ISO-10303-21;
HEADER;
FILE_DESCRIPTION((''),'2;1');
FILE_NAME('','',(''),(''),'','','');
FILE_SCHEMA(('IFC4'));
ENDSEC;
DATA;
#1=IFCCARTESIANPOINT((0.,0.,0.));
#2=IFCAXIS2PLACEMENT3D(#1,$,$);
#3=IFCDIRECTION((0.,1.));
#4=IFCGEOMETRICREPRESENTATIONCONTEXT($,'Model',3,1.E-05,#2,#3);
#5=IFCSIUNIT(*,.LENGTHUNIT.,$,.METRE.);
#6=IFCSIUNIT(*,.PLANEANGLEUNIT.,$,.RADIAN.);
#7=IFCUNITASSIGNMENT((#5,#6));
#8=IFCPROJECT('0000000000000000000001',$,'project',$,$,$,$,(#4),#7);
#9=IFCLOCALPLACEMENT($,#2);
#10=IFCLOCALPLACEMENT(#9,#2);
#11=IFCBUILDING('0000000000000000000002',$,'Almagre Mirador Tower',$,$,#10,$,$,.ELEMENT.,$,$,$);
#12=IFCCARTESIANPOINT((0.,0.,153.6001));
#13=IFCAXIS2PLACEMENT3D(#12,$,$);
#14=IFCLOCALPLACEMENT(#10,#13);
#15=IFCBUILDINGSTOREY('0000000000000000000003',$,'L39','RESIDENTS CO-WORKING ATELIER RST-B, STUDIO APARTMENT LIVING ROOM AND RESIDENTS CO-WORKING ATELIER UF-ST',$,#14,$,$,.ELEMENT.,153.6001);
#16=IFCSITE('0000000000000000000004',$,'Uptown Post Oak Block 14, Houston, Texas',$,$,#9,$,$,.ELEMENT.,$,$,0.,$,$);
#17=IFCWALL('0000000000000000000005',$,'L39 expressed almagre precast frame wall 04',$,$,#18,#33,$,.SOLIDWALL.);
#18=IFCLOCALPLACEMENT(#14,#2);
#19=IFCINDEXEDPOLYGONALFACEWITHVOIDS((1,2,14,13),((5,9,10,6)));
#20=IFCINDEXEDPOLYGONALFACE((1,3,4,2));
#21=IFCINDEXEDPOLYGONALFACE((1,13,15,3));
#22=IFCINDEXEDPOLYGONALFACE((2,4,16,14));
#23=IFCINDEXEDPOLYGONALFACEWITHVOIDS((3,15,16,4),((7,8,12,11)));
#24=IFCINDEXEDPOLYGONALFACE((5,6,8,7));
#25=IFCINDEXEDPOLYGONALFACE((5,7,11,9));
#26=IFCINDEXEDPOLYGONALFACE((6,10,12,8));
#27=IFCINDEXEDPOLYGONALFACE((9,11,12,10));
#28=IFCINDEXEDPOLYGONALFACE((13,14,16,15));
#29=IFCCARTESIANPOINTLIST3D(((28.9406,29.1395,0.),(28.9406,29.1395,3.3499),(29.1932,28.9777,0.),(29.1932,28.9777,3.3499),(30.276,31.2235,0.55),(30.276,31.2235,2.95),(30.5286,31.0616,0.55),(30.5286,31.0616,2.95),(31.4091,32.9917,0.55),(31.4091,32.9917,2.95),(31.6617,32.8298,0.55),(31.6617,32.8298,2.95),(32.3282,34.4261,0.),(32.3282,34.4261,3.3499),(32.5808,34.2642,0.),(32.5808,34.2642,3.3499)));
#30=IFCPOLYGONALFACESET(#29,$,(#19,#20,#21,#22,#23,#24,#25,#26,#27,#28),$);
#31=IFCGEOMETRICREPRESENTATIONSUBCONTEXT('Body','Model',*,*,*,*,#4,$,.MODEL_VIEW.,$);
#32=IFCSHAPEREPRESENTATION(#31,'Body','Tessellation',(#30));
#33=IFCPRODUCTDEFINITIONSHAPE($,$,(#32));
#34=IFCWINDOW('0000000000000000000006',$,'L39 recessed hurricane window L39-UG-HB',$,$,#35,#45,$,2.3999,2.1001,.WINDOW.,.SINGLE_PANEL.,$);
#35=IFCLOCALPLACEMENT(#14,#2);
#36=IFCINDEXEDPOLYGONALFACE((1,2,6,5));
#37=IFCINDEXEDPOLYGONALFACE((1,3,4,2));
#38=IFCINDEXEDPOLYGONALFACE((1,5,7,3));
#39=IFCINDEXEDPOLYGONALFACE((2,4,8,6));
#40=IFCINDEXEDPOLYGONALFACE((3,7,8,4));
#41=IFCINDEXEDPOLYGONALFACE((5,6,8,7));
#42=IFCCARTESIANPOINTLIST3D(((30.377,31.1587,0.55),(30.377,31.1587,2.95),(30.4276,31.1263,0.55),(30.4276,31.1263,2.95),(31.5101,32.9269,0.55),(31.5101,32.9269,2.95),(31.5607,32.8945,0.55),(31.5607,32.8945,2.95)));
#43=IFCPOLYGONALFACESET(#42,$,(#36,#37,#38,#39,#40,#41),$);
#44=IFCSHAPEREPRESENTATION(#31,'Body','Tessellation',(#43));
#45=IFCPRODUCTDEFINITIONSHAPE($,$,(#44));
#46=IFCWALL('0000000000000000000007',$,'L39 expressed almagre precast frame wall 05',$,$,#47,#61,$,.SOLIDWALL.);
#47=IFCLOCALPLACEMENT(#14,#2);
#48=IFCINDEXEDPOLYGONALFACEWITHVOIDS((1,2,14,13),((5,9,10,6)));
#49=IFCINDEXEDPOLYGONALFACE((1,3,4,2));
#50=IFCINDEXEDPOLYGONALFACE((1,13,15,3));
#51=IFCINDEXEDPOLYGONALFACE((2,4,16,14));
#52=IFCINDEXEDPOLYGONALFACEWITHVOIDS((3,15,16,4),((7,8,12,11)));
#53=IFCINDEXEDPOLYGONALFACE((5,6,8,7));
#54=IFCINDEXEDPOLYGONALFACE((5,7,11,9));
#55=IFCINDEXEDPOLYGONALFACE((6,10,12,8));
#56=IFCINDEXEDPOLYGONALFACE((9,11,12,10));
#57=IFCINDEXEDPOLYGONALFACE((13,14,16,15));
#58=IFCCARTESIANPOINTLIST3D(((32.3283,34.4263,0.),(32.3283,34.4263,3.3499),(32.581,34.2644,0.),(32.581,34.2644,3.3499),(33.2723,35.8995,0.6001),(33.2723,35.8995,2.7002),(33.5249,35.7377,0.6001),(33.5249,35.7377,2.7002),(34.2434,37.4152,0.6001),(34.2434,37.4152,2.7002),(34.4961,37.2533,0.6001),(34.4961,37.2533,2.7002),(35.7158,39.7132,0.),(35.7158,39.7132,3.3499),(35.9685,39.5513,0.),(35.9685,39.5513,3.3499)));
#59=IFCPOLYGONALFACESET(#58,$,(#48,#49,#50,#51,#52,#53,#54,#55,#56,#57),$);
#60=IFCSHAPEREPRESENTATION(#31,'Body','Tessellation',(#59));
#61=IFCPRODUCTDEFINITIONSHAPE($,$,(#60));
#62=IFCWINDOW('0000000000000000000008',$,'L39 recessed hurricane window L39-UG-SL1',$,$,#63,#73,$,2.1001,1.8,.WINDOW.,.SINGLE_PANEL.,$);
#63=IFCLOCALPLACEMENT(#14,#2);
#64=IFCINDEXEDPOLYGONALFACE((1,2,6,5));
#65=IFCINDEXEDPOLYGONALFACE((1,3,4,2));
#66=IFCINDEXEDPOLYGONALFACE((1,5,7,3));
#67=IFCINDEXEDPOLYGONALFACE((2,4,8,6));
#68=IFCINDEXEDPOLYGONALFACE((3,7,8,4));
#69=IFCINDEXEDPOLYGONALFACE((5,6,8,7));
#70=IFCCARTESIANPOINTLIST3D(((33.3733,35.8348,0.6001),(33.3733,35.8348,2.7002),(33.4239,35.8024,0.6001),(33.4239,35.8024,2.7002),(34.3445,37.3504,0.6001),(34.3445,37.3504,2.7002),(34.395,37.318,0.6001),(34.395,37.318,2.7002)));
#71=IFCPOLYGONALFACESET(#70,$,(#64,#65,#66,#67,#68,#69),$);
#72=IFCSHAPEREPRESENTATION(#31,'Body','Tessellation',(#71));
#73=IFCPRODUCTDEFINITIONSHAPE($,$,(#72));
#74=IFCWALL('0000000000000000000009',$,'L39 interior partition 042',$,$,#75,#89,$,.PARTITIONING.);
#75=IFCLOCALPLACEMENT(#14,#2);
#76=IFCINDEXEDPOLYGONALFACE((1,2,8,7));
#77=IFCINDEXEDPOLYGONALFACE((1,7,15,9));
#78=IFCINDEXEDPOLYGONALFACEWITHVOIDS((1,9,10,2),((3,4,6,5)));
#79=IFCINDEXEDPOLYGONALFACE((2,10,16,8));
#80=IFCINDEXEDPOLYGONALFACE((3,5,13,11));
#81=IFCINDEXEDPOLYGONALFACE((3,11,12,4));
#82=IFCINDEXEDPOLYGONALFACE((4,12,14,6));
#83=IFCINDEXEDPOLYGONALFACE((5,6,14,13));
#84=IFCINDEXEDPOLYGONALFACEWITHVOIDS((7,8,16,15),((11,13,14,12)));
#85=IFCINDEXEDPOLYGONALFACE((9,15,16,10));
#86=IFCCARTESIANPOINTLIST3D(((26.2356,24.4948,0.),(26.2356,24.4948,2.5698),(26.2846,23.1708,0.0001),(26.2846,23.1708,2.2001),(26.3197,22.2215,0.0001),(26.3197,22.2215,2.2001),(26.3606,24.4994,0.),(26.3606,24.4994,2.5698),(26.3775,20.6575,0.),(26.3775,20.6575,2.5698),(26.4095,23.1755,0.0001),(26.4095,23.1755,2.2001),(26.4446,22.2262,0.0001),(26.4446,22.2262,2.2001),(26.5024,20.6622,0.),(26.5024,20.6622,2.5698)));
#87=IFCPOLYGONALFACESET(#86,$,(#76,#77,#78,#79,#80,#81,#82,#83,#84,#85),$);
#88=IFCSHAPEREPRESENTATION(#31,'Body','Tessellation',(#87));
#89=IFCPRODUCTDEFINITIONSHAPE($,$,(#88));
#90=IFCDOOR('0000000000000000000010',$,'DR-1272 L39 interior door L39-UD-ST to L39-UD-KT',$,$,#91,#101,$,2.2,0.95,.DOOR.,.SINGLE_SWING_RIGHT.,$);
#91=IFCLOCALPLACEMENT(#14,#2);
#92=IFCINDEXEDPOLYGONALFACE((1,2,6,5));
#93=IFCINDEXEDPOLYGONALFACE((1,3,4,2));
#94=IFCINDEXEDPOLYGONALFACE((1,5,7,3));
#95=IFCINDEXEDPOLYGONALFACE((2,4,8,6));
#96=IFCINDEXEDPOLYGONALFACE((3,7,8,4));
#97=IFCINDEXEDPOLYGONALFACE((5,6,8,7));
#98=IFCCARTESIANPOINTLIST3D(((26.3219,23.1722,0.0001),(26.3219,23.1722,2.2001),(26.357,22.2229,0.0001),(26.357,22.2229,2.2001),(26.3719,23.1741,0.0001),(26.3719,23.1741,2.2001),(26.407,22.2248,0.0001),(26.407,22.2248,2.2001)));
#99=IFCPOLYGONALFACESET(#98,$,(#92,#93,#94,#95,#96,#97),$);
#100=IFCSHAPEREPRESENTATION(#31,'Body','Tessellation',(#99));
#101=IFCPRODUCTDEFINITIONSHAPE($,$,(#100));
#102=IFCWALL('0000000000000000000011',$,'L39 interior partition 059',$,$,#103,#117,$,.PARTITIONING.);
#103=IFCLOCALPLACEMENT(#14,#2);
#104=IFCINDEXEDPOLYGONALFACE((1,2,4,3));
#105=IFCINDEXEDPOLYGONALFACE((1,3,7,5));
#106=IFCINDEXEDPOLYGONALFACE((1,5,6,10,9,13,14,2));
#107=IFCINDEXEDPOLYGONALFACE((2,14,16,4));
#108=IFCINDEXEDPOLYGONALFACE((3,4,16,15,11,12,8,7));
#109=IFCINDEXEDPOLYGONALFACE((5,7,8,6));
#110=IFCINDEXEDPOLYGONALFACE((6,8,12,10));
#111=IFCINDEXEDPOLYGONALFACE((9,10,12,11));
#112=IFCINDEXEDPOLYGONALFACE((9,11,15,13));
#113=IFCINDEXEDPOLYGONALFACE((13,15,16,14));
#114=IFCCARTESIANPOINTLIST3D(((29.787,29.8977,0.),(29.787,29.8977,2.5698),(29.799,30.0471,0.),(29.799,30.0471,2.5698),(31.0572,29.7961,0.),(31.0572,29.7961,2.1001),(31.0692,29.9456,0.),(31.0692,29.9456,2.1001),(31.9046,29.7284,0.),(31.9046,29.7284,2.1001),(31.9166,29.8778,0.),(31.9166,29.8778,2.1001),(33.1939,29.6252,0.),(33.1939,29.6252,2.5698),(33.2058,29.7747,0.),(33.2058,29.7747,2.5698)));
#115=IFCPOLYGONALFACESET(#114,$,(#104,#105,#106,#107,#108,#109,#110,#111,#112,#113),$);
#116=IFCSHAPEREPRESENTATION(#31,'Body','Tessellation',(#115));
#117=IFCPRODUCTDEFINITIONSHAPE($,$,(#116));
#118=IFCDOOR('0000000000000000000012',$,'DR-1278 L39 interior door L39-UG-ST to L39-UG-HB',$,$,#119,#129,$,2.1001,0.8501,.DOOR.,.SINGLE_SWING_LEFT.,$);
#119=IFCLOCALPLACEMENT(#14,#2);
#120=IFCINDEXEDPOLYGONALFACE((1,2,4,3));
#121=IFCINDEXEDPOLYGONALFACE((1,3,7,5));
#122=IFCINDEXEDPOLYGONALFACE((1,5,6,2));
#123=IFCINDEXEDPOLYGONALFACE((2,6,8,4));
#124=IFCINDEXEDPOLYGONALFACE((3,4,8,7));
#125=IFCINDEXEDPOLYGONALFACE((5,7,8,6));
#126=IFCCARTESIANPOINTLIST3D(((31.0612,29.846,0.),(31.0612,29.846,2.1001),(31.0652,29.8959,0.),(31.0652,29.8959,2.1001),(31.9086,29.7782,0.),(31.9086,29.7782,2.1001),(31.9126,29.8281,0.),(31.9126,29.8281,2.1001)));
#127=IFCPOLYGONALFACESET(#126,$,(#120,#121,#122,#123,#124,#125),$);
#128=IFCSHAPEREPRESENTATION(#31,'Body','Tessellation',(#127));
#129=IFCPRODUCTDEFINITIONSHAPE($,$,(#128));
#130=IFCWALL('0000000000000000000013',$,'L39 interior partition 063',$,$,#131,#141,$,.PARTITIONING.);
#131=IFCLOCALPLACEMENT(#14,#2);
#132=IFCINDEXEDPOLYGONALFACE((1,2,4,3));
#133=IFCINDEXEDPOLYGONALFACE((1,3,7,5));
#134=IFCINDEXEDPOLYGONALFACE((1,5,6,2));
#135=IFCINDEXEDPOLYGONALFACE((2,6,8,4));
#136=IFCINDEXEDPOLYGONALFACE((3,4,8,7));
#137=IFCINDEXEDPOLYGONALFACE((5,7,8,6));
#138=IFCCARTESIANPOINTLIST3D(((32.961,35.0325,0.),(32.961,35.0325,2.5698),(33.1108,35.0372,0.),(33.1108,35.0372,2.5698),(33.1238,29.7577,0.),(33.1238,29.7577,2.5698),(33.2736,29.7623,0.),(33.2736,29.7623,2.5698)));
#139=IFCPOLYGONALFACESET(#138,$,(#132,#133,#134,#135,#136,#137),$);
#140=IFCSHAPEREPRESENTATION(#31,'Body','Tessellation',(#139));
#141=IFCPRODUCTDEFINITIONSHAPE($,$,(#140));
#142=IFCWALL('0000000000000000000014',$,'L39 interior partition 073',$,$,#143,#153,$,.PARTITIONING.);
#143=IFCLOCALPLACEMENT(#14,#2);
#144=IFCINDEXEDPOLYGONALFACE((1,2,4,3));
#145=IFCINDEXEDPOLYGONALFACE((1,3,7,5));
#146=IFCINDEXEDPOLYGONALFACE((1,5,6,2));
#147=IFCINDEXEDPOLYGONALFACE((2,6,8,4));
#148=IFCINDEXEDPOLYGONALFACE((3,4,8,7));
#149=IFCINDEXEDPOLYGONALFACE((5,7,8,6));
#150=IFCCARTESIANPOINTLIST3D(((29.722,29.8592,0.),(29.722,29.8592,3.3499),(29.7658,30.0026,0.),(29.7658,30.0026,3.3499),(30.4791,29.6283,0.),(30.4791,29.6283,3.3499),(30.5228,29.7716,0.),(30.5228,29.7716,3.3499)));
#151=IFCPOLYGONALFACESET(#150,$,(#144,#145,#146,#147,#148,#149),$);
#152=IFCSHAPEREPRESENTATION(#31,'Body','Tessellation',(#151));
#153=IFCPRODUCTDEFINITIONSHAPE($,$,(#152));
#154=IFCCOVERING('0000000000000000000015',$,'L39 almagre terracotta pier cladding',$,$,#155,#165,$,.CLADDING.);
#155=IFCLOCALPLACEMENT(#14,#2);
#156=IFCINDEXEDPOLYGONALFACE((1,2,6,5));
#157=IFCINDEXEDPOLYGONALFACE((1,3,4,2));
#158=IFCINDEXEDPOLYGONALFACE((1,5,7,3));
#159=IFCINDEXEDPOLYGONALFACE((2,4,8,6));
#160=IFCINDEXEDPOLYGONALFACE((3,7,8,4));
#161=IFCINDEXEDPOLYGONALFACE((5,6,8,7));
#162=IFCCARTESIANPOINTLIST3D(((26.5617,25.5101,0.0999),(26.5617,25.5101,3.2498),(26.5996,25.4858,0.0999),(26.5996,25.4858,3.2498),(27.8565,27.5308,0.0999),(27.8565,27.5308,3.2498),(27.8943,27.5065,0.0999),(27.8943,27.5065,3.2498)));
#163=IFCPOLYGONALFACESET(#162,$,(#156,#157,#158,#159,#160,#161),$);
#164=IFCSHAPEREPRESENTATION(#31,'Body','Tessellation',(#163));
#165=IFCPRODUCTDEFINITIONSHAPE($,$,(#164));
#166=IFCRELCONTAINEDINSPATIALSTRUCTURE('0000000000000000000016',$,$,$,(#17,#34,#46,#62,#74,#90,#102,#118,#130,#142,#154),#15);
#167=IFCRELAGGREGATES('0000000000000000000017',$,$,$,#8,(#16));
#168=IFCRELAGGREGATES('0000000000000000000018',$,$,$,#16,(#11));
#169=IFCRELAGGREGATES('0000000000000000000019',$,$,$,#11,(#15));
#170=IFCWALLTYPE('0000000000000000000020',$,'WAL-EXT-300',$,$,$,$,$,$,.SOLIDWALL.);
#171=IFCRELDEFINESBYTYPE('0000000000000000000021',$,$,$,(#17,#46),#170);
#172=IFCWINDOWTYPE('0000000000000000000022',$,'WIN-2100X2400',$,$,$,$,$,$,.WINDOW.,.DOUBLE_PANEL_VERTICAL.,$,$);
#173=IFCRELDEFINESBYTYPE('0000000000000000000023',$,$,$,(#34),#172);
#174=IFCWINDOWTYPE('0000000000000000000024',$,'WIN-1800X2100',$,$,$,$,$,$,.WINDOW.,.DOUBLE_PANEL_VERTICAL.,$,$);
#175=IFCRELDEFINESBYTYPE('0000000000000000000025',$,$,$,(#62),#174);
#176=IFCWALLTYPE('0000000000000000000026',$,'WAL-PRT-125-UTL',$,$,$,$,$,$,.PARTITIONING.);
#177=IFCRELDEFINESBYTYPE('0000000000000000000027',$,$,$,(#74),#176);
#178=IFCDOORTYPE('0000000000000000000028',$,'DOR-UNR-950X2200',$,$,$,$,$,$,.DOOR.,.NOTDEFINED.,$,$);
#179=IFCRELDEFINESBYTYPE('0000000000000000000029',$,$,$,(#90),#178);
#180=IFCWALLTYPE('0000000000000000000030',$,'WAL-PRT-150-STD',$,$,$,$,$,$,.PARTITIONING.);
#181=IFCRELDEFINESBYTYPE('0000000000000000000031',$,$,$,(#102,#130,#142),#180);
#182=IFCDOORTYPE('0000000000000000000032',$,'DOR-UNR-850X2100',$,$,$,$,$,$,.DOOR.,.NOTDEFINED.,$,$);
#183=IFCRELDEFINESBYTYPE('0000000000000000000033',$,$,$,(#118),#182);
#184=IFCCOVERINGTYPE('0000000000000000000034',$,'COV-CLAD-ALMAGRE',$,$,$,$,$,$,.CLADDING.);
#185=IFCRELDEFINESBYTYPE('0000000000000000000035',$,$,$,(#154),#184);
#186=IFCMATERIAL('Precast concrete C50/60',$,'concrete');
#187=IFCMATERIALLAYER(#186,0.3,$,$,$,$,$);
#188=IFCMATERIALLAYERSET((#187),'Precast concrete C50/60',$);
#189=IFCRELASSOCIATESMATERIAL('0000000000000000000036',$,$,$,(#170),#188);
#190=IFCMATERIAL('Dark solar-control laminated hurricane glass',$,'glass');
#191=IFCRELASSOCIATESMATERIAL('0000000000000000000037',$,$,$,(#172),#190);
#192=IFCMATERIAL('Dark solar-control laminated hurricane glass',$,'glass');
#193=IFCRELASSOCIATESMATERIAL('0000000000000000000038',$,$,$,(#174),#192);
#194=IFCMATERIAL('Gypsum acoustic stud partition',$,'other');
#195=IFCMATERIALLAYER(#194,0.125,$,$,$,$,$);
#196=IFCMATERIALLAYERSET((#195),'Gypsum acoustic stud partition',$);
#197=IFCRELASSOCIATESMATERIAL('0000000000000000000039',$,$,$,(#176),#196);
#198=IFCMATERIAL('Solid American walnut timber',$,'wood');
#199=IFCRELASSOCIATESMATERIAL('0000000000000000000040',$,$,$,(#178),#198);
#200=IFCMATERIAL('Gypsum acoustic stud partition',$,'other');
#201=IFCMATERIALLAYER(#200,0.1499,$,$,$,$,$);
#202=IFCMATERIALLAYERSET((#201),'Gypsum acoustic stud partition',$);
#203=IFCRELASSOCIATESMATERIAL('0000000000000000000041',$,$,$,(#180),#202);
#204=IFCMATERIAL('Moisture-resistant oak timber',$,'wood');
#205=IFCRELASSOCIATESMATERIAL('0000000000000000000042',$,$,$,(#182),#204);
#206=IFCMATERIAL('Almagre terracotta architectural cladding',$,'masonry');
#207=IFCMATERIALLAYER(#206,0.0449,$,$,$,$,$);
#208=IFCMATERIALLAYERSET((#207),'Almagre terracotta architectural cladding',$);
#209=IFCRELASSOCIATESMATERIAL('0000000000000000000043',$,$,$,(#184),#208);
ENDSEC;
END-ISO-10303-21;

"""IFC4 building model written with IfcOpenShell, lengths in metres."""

from ifc_helpers import new_model, si_unit, direction, frame, frame_2d, origin, origin_2d, place, context, subcontext, project, spatial, rectangle, extrude, material, layer, layer_set, type_object, element, fill, save


model = new_model("IFC4")

# Units and contexts
model_context = context("Model", 3, precision=1e-05, world=origin(), true_north=direction((0.0, 1.0)))
body_context = subcontext(model_context, "Body", "Model", "MODEL_VIEW")
ifc_project = project(units=[si_unit("LENGTHUNIT", "METRE"), si_unit("PLANEANGLEUNIT", "RADIAN")], contexts=[model_context])

# Site, building, storey
site_placement = place(None, origin())
site = spatial("IfcSite", under=ifc_project, at=site_placement, Name="Uptown Post Oak Block 14, Houston, Texas", CompositionType="ELEMENT", RefElevation=0.0)
building_placement = place(site_placement, origin())
building = spatial("IfcBuilding", under=site, at=building_placement, Name="Almagre Mirador Tower", CompositionType="ELEMENT")
storey_placement = place(building_placement, frame((0.0, 0.0, 153.6001)))
storey = spatial("IfcBuildingStorey", under=building, at=storey_placement, Name="L39", Description="RESIDENTS CO-WORKING ATELIER RST-B, STUDIO APARTMENT LIVING ROOM AND RESIDENTS CO-WORKING ATELIER UF-ST", CompositionType="ELEMENT", Elevation=153.6001)

# Walls, openings, windows
ifc_material_1 = material(Name="Precast concrete C50/60", Category="concrete")
ifc_layer_1 = layer(ifc_material_1, 0.3)
ifc_layer_set_1 = layer_set([ifc_layer_1], Name="Precast concrete C50/60")
wall_type_1 = type_object("IfcWallType", Name="WAL-EXT-300", PredefinedType="SOLIDWALL", material=ifc_layer_set_1)
wall_1_placement = place(storey_placement, frame((29.0669, 29.0586, 0.0), z_axis=(0.0, 0.0, 1.0), x_axis=(0.539535, 0.841963, 0.0)))
wall_1 = element("IfcWall", 1, at=wall_1_placement, inside=storey, type_object=wall_type_1, Name="L39 expressed almagre precast frame wall 04", PredefinedType="SOLIDWALL", context=body_context, shape_type="SweptSolid", body=[
    extrude(rectangle(XDim=6.2788, YDim=0.3, at=frame_2d((3.1394, 0.0))), origin(), (0.0, 0.0, 1.0), 3.3499),
])
opening_1_placement = place(wall_1_placement, frame((2.4751, 0.0, 0.55)))
opening_1 = element("IfcOpeningElement", 2, at=opening_1_placement, cuts=wall_1, PredefinedType="OPENING", context=body_context, shape_type="SweptSolid", body=[
    extrude(rectangle(XDim=2.1001, YDim=2.3999, at=frame_2d((1.05, 1.2))), frame((0.0, 0.1599, 0.0), z_axis=(0.0, -1.0, 0.0), x_axis=(1.0, 0.0, 0.0)), (0.0, 0.0, 1.0), 0.32),
])
ifc_material_2 = material(Name="Dark solar-control laminated hurricane glass", Category="glass")
window_type_1 = type_object("IfcWindowType", Name="WIN-2100X2400", PartitioningType="DOUBLE_PANEL_VERTICAL", PredefinedType="WINDOW", material=ifc_material_2)
window_1_placement = place(opening_1_placement, origin())
window_1 = element("IfcWindow", 3, at=window_1_placement, inside=storey, type_object=window_type_1, Name="L39 recessed hurricane window L39-UG-HB", OverallHeight=2.3999, OverallWidth=2.1001, PartitioningType="SINGLE_PANEL", PredefinedType="WINDOW", context=body_context, shape_type="SweptSolid", body=[
    extrude(rectangle(XDim=2.1001, YDim=2.3999, at=frame_2d((1.05, 1.2))), frame((0.0, 0.03, 0.0), z_axis=(0.0, -1.0, 0.0), x_axis=(1.0, 0.0, 0.0)), (0.0, 0.0, 1.0), 0.0601),
])
fill(opening_1, window_1)
wall_2_placement = place(storey_placement, frame((32.4546, 34.3452, 0.0), z_axis=(0.0, 0.0, 1.0), x_axis=(0.539489, 0.841992, 0.0)))
wall_2 = element("IfcWall", 4, at=wall_2_placement, inside=storey, type_object=wall_type_1, Name="L39 expressed almagre precast frame wall 05", PredefinedType="SOLIDWALL", context=body_context, shape_type="SweptSolid", body=[
    extrude(rectangle(XDim=6.2791, YDim=0.3, at=frame_2d((3.1396, 0.0))), origin(), (0.0, 0.0, 1.0), 3.3499),
])
opening_2_placement = place(wall_2_placement, frame((1.75, 0.0, 0.6001)))
opening_2 = element("IfcOpeningElement", 5, at=opening_2_placement, cuts=wall_2, PredefinedType="OPENING", context=body_context, shape_type="SweptSolid", body=[
    extrude(rectangle(XDim=1.8, YDim=2.1001, at=frame_2d((0.8999, 1.05))), frame((0.0, 0.1599, 0.0), z_axis=(0.0, -1.0, 0.0), x_axis=(1.0, 0.0, 0.0)), (0.0, 0.0, 1.0), 0.32),
])
ifc_material_3 = material(Name="Dark solar-control laminated hurricane glass", Category="glass")
window_type_2 = type_object("IfcWindowType", Name="WIN-1800X2100", PartitioningType="DOUBLE_PANEL_VERTICAL", PredefinedType="WINDOW", material=ifc_material_3)
window_2_placement = place(opening_2_placement, origin())
window_2 = element("IfcWindow", 6, at=window_2_placement, inside=storey, type_object=window_type_2, Name="L39 recessed hurricane window L39-UG-SL1", OverallHeight=2.1001, OverallWidth=1.8, PartitioningType="SINGLE_PANEL", PredefinedType="WINDOW", context=body_context, shape_type="SweptSolid", body=[
    extrude(rectangle(XDim=1.8, YDim=2.1001, at=frame_2d((0.8999, 1.05))), frame((0.0, 0.03, 0.0), z_axis=(0.0, -1.0, 0.0), x_axis=(1.0, 0.0, 0.0)), (0.0, 0.0, 1.0), 0.0601),
])
fill(opening_2, window_2)

# Walls, openings, doors
ifc_material_4 = material(Name="Gypsum acoustic stud partition", Category="other")
ifc_layer_2 = layer(ifc_material_4, 0.125)
ifc_layer_set_2 = layer_set([ifc_layer_2], Name="Gypsum acoustic stud partition")
wall_type_2 = type_object("IfcWallType", Name="WAL-PRT-125-UTL", PredefinedType="PARTITIONING", material=ifc_layer_set_2)
wall_3_placement = place(storey_placement, frame((26.2981, 24.4971, 0.0), z_axis=(0.0, 0.0, 1.0), x_axis=(0.036941, -0.999317, 0.0)))
wall_3 = element("IfcWall", 7, at=wall_3_placement, inside=storey, type_object=wall_type_2, Name="L39 interior partition 042", PredefinedType="PARTITIONING", context=body_context, shape_type="SweptSolid", body=[
    extrude(rectangle(XDim=3.8398, YDim=0.125, at=frame_2d((1.9199, 0.0))), origin(), (0.0, 0.0, 1.0), 2.5698),
])
opening_3_placement = place(wall_3_placement, frame((1.3247, 0.0, 0.0)))
opening_3 = element("IfcOpeningElement", 8, at=opening_3_placement, cuts=wall_3, PredefinedType="OPENING", context=body_context, shape_type="SweptSolid", body=[
    extrude(rectangle(XDim=0.95, YDim=2.2, at=frame_2d((0.4751, 1.1001))), frame((0.0, 0.0725, 0.0), z_axis=(0.0, -1.0, 0.0), x_axis=(1.0, 0.0, 0.0)), (0.0, 0.0, 1.0), 0.145),
])
ifc_material_5 = material(Name="Solid American walnut timber", Category="wood")
door_type_1 = type_object("IfcDoorType", Name="DOR-UNR-950X2200", OperationType="NOTDEFINED", PredefinedType="DOOR", material=ifc_material_5)
door_1_placement = place(opening_3_placement, origin())
door_1 = element("IfcDoor", 9, at=door_1_placement, inside=storey, type_object=door_type_1, Name="DR-1272 L39 interior door L39-UD-ST to L39-UD-KT", OperationType="SINGLE_SWING_RIGHT", OverallHeight=2.2, OverallWidth=0.95, PredefinedType="DOOR", context=body_context, shape_type="SweptSolid", body=[
    extrude(rectangle(XDim=0.95, YDim=2.2, at=frame_2d((0.4751, 1.1001))), frame((0.0, 0.0249, 0.0), z_axis=(0.0, -1.0, 0.0), x_axis=(1.0, 0.0, 0.0)), (0.0, 0.0, 1.0), 0.05),
])
fill(opening_3, door_1)
ifc_material_6 = material(Name="Gypsum acoustic stud partition", Category="other")
ifc_layer_3 = layer(ifc_material_6, 0.1499)
ifc_layer_set_3 = layer_set([ifc_layer_3], Name="Gypsum acoustic stud partition")
wall_type_3 = type_object("IfcWallType", Name="WAL-PRT-150-STD", PredefinedType="PARTITIONING", material=ifc_layer_set_3)
wall_4_placement = place(storey_placement, frame((33.2, 29.7, 0.0), z_axis=(0.0, 0.0, 1.0), x_axis=(-0.996817, 0.079723, 0.0)))
wall_4 = element("IfcWall", 10, at=wall_4_placement, inside=storey, type_object=wall_type_3, Name="L39 interior partition 059", PredefinedType="PARTITIONING", context=body_context, shape_type="SweptSolid", body=[
    extrude(rectangle(XDim=3.4177, YDim=0.1499, at=frame_2d((1.709, 0.0))), origin(), (0.0, 0.0, 1.0), 2.5698),
])
opening_4_placement = place(wall_4_placement, frame((1.2935, 0.0, 0.0)))
opening_4 = element("IfcOpeningElement", 11, at=opening_4_placement, cuts=wall_4, PredefinedType="OPENING", context=body_context, shape_type="SweptSolid", body=[
    extrude(rectangle(XDim=0.8501, YDim=2.1001, at=frame_2d((0.425, 1.05))), frame((0.0, 0.085, 0.0), z_axis=(0.0, -1.0, 0.0), x_axis=(1.0, 0.0, 0.0)), (0.0, 0.0, 1.0), 0.1699),
])
ifc_material_7 = material(Name="Moisture-resistant oak timber", Category="wood")
door_type_2 = type_object("IfcDoorType", Name="DOR-UNR-850X2100", OperationType="NOTDEFINED", PredefinedType="DOOR", material=ifc_material_7)
door_2_placement = place(opening_4_placement, origin())
door_2 = element("IfcDoor", 12, at=door_2_placement, inside=storey, type_object=door_type_2, Name="DR-1278 L39 interior door L39-UG-ST to L39-UG-HB", OperationType="SINGLE_SWING_LEFT", OverallHeight=2.1001, OverallWidth=0.8501, PredefinedType="DOOR", context=body_context, shape_type="SweptSolid", body=[
    extrude(rectangle(XDim=0.8501, YDim=2.1001, at=frame_2d((0.425, 1.05))), frame((0.0, 0.0249, 0.0), z_axis=(0.0, -1.0, 0.0), x_axis=(1.0, 0.0, 0.0)), (0.0, 0.0, 1.0), 0.05),
])
fill(opening_4, door_2)

# Walls
wall_5_placement = place(storey_placement, frame((33.1987, 29.76, 0.0), z_axis=(0.0, 0.0, 1.0), x_axis=(-0.030856, 0.999524, 0.0)))
element("IfcWall", 13, at=wall_5_placement, inside=storey, type_object=wall_type_3, Name="L39 interior partition 063", PredefinedType="PARTITIONING", context=body_context, shape_type="SweptSolid", body=[
    extrude(rectangle(XDim=5.2773, YDim=0.1499, at=frame_2d((2.6387, 0.0))), origin(), (0.0, 0.0, 1.0), 2.5698),
])
wall_6_placement = place(storey_placement, frame((29.7439, 29.9309, 0.0), z_axis=(0.0, 0.0, 1.0), x_axis=(0.956483, -0.291788, 0.0)))
element("IfcWall", 14, at=wall_6_placement, inside=storey, type_object=wall_type_3, Name="L39 interior partition 073", PredefinedType="PARTITIONING", context=body_context, shape_type="SweptSolid", body=[
    extrude(rectangle(XDim=0.7915, YDim=0.1499, at=frame_2d((0.3958, 0.0))), origin(), (0.0, 0.0, 1.0), 3.3499),
])

# Covering
ifc_material_8 = material(Name="Almagre terracotta architectural cladding", Category="masonry")
ifc_layer_4 = layer(ifc_material_8, 0.0449)
ifc_layer_set_4 = layer_set([ifc_layer_4], Name="Almagre terracotta architectural cladding")
covering_type = type_object("IfcCoveringType", Name="COV-CLAD-ALMAGRE", PredefinedType="CLADDING", material=ifc_layer_set_4)
for number, where, z_axis, x_axis, name in (
    (15, (27.228, 26.5083, 0.0999), (0.0, 0.0, 1.0), (0.539506, 0.841982, 0.0), "L39 almagre terracotta pier cladding"),
):
    element("IfcCovering", number, at=place(storey_placement, frame(where, z_axis=z_axis, x_axis=x_axis)), inside=storey, type_object=covering_type, Name=name, PredefinedType="CLADDING", context=body_context, shape_type="SweptSolid", body=[
        extrude(rectangle(XDim=2.3999, YDim=0.0449, at=origin_2d()), origin(), (0.0, 0.0, 1.0), 3.1499),
    ])

save(model, "model.ifc")
